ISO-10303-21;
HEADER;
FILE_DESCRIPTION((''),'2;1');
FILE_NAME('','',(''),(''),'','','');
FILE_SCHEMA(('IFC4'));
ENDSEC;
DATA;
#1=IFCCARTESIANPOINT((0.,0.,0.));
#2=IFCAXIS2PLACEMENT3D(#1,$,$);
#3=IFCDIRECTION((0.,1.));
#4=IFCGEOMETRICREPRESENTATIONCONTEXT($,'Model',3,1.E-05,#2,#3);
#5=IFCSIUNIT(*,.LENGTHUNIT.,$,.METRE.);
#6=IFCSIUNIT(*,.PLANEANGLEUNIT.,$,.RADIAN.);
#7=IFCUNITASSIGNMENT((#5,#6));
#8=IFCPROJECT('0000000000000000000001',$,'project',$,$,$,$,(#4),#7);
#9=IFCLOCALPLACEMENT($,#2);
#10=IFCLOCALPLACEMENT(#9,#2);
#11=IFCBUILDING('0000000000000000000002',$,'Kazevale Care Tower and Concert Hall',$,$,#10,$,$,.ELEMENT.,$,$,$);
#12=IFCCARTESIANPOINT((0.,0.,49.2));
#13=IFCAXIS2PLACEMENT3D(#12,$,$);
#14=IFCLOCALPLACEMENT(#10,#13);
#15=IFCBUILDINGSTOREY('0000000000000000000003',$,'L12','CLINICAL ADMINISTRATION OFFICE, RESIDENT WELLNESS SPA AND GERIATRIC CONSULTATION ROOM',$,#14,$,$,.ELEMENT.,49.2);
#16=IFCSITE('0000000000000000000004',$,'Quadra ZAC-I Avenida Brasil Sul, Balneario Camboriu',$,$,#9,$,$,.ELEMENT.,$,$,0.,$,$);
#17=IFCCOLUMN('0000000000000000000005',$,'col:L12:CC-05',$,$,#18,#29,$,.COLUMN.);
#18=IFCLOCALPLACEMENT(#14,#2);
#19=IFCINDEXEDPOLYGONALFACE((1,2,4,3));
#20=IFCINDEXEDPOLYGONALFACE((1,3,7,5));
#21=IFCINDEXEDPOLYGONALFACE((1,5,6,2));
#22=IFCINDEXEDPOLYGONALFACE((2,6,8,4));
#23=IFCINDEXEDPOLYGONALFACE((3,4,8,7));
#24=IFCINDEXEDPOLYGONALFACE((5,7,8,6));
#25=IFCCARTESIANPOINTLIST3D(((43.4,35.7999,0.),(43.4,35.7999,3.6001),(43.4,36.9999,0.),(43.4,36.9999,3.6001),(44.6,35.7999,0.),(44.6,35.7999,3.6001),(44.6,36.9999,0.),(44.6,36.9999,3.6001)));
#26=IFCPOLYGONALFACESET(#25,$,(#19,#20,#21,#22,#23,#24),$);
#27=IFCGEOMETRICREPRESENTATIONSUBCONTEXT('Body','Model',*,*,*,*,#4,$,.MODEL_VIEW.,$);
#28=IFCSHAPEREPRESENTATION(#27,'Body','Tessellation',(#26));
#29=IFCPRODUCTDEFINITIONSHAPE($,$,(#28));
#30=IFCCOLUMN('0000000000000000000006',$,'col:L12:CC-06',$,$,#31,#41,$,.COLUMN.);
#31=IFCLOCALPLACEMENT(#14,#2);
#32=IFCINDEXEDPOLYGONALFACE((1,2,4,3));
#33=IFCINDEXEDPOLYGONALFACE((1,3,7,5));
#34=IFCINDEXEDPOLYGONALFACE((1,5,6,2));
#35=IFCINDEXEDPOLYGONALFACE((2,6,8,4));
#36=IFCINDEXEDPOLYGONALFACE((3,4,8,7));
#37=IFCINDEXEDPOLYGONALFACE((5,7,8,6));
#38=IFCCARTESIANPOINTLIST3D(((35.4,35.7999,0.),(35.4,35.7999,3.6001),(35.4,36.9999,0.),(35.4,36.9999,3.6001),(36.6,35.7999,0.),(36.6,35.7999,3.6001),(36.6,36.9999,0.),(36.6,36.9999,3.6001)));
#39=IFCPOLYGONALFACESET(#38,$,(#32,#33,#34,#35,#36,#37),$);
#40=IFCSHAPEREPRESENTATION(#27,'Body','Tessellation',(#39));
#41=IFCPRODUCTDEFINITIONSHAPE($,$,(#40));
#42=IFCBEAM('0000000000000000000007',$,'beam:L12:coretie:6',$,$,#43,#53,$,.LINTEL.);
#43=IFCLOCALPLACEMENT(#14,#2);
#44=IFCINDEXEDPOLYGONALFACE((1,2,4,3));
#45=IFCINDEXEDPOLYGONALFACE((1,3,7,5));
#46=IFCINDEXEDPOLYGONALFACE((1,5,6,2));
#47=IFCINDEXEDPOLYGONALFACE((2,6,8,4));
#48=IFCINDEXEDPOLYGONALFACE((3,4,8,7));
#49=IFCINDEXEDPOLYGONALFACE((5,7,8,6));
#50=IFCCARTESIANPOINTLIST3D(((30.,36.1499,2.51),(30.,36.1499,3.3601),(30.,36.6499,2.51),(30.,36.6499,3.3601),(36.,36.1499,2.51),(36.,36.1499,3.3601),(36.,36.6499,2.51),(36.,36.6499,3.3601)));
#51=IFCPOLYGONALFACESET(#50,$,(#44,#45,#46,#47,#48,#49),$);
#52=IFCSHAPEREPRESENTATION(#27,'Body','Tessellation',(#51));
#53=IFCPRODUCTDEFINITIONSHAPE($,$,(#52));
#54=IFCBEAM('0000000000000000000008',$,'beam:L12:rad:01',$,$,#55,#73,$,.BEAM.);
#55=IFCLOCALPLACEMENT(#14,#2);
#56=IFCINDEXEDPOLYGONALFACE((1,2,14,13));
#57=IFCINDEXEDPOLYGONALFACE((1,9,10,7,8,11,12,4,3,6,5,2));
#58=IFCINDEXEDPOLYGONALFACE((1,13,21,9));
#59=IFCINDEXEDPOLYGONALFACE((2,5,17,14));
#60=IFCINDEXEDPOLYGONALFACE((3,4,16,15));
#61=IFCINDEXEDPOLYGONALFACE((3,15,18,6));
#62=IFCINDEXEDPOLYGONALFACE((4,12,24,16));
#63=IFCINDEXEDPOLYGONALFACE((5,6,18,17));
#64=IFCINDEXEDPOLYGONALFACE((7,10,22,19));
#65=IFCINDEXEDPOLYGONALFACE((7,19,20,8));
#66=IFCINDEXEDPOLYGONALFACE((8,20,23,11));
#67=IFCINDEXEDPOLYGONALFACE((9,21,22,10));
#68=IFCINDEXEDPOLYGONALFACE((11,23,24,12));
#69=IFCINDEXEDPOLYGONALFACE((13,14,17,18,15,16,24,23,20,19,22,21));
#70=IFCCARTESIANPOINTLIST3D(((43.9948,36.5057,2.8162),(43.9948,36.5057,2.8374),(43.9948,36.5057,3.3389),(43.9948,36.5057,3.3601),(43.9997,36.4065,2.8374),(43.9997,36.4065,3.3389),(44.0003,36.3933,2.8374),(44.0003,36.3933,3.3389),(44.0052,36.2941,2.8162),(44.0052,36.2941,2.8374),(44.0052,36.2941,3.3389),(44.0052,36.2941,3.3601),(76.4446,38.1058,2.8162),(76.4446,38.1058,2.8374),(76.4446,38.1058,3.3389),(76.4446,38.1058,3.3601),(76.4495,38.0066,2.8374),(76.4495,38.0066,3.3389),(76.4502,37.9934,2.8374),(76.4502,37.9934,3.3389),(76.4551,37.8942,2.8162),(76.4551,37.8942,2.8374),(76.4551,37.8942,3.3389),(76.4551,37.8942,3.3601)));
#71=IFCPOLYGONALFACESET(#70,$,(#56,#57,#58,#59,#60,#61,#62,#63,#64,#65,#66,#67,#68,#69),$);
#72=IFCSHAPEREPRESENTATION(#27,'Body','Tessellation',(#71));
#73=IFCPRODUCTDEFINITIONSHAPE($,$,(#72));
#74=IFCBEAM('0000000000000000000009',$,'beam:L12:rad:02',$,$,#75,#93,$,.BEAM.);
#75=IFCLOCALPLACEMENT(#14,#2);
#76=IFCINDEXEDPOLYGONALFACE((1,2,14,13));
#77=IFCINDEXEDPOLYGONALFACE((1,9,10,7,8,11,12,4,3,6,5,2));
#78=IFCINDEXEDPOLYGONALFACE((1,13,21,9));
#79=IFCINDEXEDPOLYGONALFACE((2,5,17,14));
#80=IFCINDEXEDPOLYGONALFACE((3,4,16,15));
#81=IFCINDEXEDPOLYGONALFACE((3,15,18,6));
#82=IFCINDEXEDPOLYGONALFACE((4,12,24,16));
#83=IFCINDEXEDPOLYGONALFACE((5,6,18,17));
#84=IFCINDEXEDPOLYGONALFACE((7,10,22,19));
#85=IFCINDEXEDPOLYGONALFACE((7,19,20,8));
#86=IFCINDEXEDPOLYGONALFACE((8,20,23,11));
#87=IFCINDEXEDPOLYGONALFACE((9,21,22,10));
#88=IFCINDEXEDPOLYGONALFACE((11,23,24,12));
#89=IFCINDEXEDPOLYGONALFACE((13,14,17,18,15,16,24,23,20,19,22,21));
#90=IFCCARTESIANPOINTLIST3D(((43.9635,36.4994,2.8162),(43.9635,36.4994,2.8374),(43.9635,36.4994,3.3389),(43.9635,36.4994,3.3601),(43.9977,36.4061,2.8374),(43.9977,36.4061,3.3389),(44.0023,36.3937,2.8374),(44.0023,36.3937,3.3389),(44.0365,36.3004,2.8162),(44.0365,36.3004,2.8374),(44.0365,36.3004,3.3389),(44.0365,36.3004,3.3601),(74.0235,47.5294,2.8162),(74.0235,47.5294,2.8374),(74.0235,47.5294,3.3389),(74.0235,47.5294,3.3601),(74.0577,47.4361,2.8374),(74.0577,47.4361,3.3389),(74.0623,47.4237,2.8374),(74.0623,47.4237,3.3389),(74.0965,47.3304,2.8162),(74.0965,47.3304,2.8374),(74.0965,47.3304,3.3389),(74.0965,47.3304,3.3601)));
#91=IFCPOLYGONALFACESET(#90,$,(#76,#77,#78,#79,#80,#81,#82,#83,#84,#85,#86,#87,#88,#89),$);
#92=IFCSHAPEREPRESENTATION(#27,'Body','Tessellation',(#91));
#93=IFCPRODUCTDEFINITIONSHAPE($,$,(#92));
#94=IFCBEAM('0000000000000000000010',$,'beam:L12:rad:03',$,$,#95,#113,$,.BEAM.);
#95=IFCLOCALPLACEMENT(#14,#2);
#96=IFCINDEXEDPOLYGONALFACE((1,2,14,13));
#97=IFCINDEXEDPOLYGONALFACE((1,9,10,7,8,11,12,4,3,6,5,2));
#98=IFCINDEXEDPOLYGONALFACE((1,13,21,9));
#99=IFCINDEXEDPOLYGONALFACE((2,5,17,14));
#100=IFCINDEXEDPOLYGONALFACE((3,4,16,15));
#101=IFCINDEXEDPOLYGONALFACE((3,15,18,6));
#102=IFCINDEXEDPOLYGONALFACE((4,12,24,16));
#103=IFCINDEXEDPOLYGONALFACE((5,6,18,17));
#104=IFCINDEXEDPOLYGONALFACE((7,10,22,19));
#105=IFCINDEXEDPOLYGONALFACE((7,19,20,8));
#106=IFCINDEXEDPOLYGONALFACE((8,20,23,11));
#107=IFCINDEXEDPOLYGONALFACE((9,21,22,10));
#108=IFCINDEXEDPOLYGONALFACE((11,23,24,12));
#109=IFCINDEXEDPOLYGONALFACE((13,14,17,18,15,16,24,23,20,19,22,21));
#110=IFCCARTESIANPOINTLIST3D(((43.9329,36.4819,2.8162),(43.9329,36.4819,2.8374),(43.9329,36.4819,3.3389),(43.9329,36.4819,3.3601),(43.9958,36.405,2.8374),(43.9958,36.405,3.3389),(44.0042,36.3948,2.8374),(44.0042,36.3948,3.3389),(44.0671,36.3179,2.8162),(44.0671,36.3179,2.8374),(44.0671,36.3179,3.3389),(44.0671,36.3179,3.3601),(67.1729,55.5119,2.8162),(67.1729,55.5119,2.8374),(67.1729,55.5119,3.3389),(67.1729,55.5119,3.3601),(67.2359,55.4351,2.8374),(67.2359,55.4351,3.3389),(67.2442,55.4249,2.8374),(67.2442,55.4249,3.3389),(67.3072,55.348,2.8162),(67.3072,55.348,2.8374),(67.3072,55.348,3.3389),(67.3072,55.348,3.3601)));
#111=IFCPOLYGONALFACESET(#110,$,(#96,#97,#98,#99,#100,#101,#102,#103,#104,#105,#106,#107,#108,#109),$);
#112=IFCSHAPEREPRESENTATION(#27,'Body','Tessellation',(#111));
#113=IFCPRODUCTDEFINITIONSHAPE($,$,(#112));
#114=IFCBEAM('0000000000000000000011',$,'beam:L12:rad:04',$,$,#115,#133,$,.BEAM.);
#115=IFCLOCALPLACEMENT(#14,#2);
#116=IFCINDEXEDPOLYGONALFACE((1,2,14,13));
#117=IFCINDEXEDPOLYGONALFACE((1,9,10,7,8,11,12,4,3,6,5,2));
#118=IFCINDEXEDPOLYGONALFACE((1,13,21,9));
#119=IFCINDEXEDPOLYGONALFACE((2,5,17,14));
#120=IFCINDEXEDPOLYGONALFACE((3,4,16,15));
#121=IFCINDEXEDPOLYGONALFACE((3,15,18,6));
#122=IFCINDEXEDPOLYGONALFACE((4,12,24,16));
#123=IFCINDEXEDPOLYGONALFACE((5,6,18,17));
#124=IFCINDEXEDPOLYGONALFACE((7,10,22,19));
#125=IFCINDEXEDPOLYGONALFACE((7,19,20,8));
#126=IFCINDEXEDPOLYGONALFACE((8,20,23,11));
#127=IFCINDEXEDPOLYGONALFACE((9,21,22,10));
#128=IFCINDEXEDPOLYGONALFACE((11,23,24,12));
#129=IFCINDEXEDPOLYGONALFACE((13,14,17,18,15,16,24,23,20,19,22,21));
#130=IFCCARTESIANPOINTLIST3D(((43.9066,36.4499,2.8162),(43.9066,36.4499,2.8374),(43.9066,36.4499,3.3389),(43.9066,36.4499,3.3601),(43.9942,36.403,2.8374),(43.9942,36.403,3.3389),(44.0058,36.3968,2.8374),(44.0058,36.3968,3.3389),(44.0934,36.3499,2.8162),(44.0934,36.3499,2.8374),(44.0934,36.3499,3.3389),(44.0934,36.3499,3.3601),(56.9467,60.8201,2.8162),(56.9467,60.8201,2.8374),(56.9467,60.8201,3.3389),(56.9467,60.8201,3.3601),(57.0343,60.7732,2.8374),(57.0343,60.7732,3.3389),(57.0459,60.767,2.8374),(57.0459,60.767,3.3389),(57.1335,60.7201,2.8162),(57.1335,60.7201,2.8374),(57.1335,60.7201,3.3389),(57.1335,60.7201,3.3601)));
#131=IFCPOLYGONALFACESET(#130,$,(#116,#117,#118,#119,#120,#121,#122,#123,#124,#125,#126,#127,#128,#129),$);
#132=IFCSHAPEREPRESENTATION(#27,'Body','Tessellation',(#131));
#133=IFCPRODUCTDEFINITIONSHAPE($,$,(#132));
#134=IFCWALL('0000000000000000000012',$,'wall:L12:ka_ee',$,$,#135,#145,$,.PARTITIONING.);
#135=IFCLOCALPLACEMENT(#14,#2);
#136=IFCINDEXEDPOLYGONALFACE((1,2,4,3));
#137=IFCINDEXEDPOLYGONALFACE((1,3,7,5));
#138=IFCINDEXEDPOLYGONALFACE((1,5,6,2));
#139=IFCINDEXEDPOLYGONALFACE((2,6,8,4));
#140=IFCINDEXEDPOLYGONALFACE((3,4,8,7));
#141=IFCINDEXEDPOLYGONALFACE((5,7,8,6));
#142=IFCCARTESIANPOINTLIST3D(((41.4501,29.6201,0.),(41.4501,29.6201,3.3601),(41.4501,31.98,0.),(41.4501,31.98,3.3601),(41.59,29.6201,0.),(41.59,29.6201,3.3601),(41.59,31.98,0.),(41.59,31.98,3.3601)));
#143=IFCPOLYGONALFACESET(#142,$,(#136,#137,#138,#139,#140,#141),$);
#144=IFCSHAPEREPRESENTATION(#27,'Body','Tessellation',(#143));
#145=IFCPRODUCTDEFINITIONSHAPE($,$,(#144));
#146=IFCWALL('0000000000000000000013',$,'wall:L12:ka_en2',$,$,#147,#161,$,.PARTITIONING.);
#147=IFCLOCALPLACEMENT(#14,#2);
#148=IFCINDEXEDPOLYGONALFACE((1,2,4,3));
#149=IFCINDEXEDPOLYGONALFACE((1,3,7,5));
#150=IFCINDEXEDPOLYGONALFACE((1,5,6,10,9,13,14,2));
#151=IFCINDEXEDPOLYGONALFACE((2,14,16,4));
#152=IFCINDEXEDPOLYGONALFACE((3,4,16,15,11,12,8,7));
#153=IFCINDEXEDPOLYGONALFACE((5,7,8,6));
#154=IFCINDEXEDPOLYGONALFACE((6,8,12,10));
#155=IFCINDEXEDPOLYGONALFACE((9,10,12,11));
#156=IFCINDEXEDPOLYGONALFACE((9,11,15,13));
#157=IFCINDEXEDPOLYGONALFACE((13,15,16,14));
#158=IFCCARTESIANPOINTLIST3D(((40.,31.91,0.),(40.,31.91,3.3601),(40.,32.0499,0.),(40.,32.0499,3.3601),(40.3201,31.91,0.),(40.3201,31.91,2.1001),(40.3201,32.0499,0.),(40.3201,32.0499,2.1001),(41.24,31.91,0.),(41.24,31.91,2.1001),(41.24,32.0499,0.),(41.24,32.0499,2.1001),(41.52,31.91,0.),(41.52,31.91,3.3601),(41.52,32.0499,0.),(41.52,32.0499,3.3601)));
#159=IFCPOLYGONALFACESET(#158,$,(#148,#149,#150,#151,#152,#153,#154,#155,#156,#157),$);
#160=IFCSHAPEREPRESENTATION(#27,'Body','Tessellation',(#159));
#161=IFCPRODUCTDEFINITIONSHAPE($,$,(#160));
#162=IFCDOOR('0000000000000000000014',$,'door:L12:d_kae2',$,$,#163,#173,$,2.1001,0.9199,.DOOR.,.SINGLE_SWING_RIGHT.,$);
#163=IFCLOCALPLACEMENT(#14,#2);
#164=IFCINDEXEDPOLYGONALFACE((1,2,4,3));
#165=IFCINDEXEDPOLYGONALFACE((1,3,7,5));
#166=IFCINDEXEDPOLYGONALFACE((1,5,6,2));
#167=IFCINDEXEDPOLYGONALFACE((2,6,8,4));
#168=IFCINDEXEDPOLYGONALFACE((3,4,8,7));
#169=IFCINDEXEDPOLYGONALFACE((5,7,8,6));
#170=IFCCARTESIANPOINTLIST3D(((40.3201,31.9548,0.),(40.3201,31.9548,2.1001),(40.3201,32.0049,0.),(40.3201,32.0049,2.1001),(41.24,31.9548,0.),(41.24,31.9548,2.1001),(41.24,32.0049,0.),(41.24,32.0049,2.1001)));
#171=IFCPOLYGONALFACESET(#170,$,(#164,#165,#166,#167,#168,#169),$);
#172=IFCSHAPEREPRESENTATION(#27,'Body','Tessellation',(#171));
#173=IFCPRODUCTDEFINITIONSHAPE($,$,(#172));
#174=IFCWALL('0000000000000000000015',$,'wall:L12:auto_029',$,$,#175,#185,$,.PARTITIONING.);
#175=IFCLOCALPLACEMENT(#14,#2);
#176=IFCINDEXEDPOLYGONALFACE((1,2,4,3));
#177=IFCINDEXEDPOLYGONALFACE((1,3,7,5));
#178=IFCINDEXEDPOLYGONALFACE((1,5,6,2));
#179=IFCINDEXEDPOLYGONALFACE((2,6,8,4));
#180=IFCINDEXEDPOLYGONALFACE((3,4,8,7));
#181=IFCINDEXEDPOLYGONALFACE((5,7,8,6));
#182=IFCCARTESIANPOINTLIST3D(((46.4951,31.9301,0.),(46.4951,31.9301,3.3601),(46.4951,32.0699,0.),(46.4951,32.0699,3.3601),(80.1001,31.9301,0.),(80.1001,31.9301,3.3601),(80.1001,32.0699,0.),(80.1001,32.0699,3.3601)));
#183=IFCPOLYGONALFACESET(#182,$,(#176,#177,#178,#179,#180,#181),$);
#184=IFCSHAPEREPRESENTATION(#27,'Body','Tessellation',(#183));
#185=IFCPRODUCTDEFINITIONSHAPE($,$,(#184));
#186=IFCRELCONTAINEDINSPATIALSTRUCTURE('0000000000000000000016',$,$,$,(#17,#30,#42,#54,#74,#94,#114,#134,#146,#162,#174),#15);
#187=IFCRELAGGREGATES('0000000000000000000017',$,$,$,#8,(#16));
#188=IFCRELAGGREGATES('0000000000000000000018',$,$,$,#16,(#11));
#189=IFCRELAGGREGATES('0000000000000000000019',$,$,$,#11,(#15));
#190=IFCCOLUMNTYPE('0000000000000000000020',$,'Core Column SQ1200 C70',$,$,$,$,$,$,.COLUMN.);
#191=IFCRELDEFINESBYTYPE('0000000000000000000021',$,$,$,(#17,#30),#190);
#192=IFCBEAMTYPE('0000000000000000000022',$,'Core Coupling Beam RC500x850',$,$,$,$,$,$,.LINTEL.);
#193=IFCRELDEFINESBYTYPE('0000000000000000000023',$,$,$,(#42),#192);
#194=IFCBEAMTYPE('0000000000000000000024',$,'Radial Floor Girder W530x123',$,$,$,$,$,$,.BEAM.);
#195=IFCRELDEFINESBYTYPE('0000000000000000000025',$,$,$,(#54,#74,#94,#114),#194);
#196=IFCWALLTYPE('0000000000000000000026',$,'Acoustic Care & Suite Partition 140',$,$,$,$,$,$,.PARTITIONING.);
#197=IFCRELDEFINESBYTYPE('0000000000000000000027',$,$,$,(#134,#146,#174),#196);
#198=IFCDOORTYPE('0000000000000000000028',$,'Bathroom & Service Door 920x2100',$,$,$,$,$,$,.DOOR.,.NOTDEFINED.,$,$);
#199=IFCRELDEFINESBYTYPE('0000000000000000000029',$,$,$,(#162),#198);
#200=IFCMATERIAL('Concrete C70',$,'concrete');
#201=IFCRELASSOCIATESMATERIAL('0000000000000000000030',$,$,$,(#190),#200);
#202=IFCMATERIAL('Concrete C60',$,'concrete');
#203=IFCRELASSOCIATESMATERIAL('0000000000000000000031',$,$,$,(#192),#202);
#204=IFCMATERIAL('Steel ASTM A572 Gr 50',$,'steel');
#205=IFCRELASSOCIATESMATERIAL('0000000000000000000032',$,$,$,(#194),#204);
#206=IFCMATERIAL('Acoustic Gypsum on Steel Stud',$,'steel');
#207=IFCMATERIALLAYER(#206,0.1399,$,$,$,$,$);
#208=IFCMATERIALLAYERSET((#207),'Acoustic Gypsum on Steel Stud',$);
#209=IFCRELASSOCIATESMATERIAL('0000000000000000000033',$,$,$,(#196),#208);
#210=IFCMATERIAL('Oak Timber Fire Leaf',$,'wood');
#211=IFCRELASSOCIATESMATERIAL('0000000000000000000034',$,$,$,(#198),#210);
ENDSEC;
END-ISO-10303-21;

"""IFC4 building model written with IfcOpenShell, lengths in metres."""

from ifc_helpers import new_model, si_unit, direction, frame, frame_2d, origin, origin_2d, place, context, subcontext, project, spatial, rectangle, i_section, extrude, material, layer, layer_set, material_profile, profile_set, type_object, element, fill, save


model = new_model("IFC4")

# Units and contexts
model_context = context("Model", 3, precision=1e-05, world=origin(), true_north=direction((0.0, 1.0)))
body_context = subcontext(model_context, "Body", "Model", "MODEL_VIEW")
ifc_project = project(units=[si_unit("LENGTHUNIT", "METRE"), si_unit("PLANEANGLEUNIT", "RADIAN")], contexts=[model_context])

# Site, building, storey
site_placement = place(None, origin())
site = spatial("IfcSite", under=ifc_project, at=site_placement, Name="Quadra ZAC-I Avenida Brasil Sul, Balneario Camboriu", CompositionType="ELEMENT", RefElevation=0.0)
building_placement = place(site_placement, origin())
building = spatial("IfcBuilding", under=site, at=building_placement, Name="Kazevale Care Tower and Concert Hall", CompositionType="ELEMENT")
storey_placement = place(building_placement, frame((0.0, 0.0, 49.2)))
storey = spatial("IfcBuildingStorey", under=building, at=storey_placement, Name="L12", Description="CLINICAL ADMINISTRATION OFFICE, RESIDENT WELLNESS SPA AND GERIATRIC CONSULTATION ROOM", CompositionType="ELEMENT", Elevation=49.2)

# Columns
ifc_material_1 = material(Name="Concrete C70", Category="concrete")
ifc_material_profile_1 = material_profile(ifc_material_1, rectangle(XDim=1.2, YDim=1.2, at=origin_2d()), Name="RC-SQ1200")
ifc_profile_set_1 = profile_set([ifc_material_profile_1], Name="Concrete C70")
column_type = type_object("IfcColumnType", Name="Core Column SQ1200 C70", PredefinedType="COLUMN", material=ifc_profile_set_1)
for number, where, z_axis, x_axis, name in (
    (1, (44.0, 36.3999, 0.0), (0.0, 0.0, 1.0), (1.0, 0.0, 0.0), "col:L12:CC-05"),
    (2, (36.0, 36.3999, 0.0), (0.0, 0.0, 1.0), (1.0, 0.0, 0.0), "col:L12:CC-06"),
):
    element("IfcColumn", number, at=place(storey_placement, frame(where, z_axis=z_axis, x_axis=x_axis)), inside=storey, type_object=column_type, Name=name, PredefinedType="COLUMN", context=body_context, shape_type="SweptSolid", body=[
        extrude(rectangle(XDim=1.2, YDim=1.2, at=origin_2d()), origin(), (0.0, 0.0, 1.0), 3.6001),
    ])

# Beams
ifc_material_2 = material(Name="Concrete C60", Category="concrete")
ifc_material_profile_2 = material_profile(ifc_material_2, rectangle(XDim=0.5, YDim=0.8501, at=origin_2d()), Name="RC-B500x850")
ifc_profile_set_2 = profile_set([ifc_material_profile_2], Name="Concrete C60")
beam_type_1 = type_object("IfcBeamType", Name="Core Coupling Beam RC500x850", PredefinedType="LINTEL", material=ifc_profile_set_2)
beam_1_placement = place(storey_placement, frame((36.0, 36.3999, 2.9351), z_axis=(-1.0, 0.0, 0.0), x_axis=(0.0, -1.0, 0.0)))
element("IfcBeam", 3, at=beam_1_placement, inside=storey, type_object=beam_type_1, Name="beam:L12:coretie:6", PredefinedType="LINTEL", context=body_context, shape_type="SweptSolid", body=[
    extrude(rectangle(XDim=0.5, YDim=0.8501, at=origin_2d()), origin(), (0.0, 0.0, 1.0), 6.0),
])
ifc_material_3 = material(Name="Steel ASTM A572 Gr 50", Category="steel")
ifc_material_profile_3 = material_profile(ifc_material_3, i_section(OverallWidth=0.2119, OverallDepth=0.5439, WebThickness=0.0132, FlangeThickness=0.0212, at=origin_2d()), Name="W530x123")
ifc_profile_set_3 = profile_set([ifc_material_profile_3], Name="Steel ASTM A572 Gr 50")
beam_type_2 = type_object("IfcBeamType", Name="Radial Floor Girder W530x123", PredefinedType="BEAM", material=ifc_profile_set_3)
beam_2_placement = place(storey_placement, frame((44.0, 36.3999, 3.0881), z_axis=(0.998786, 0.04925, 0.0), x_axis=(-0.04925, 0.998786, 0.0)))
element("IfcBeam", 4, at=beam_2_placement, inside=storey, type_object=beam_type_2, Name="beam:L12:rad:01", PredefinedType="BEAM", context=body_context, shape_type="SweptSolid", body=[
    extrude(i_section(OverallWidth=0.2119, OverallDepth=0.5439, WebThickness=0.0132, FlangeThickness=0.0212, at=origin_2d()), origin(), (0.0, 0.0, 1.0), 32.4893),
])
beam_3_placement = place(storey_placement, frame((44.0, 36.3999, 3.0881), z_axis=(0.938795, 0.344475, 0.0), x_axis=(-0.344475, 0.938795, 0.0)))
element("IfcBeam", 5, at=beam_3_placement, inside=storey, type_object=beam_type_2, Name="beam:L12:rad:02", PredefinedType="BEAM", context=body_context, shape_type="SweptSolid", body=[
    extrude(i_section(OverallWidth=0.2119, OverallDepth=0.5439, WebThickness=0.0132, FlangeThickness=0.0212, at=origin_2d()), origin(), (0.0, 0.0, 1.0), 32.0198),
])
beam_4_placement = place(storey_placement, frame((44.0, 36.3999, 3.0881), z_axis=(0.773704, 0.633547, 0.0), x_axis=(-0.633547, 0.773704, 0.0)))
element("IfcBeam", 6, at=beam_4_placement, inside=storey, type_object=beam_type_2, Name="beam:L12:rad:03", PredefinedType="BEAM", context=body_context, shape_type="SweptSolid", body=[
    extrude(i_section(OverallWidth=0.2119, OverallDepth=0.5439, WebThickness=0.0132, FlangeThickness=0.0212, at=origin_2d()), origin(), (0.0, 0.0, 1.0), 30.0374),
])
beam_5_placement = place(storey_placement, frame((44.0, 36.3999, 3.0881), z_axis=(0.471789, 0.881712, 0.0), x_axis=(-0.881712, 0.471789, 0.0)))
element("IfcBeam", 7, at=beam_5_placement, inside=storey, type_object=beam_type_2, Name="beam:L12:rad:04", PredefinedType="BEAM", context=body_context, shape_type="SweptSolid", body=[
    extrude(i_section(OverallWidth=0.2119, OverallDepth=0.5439, WebThickness=0.0132, FlangeThickness=0.0212, at=origin_2d()), origin(), (0.0, 0.0, 1.0), 27.6396),
])

# Wall
ifc_material_4 = material(Name="Acoustic Gypsum on Steel Stud", Category="steel")
ifc_layer_1 = layer(ifc_material_4, 0.1399)
ifc_layer_set_1 = layer_set([ifc_layer_1], Name="Acoustic Gypsum on Steel Stud")
wall_type_1 = type_object("IfcWallType", Name="Acoustic Care & Suite Partition 140", PredefinedType="PARTITIONING", material=ifc_layer_set_1)
wall_1_placement = place(storey_placement, frame((41.52, 29.6201, 0.0), z_axis=(0.0, 0.0, 1.0), x_axis=(0.0, 1.0, 0.0)))
element("IfcWall", 8, at=wall_1_placement, inside=storey, type_object=wall_type_1, Name="wall:L12:ka_ee", PredefinedType="PARTITIONING", context=body_context, shape_type="SweptSolid", body=[
    extrude(rectangle(XDim=2.3599, YDim=0.1399, at=frame_2d((1.1799, 0.0))), origin(), (0.0, 0.0, 1.0), 3.3601),
])

# Wall, opening, door
wall_2_placement = place(storey_placement, frame((40.0, 31.98, 0.0), z_axis=(0.0, 0.0, 1.0), x_axis=(1.0, 0.0, 0.0)))
wall_2 = element("IfcWall", 9, at=wall_2_placement, inside=storey, type_object=wall_type_1, Name="wall:L12:ka_en2", PredefinedType="PARTITIONING", context=body_context, shape_type="SweptSolid", body=[
    extrude(rectangle(XDim=1.52, YDim=0.1399, at=frame_2d((0.76, 0.0))), origin(), (0.0, 0.0, 1.0), 3.3601),
])
opening_1_placement = place(wall_2_placement, frame((0.3201, 0.0, 0.0)))
opening_1 = element("IfcOpeningElement", 10, at=opening_1_placement, cuts=wall_2, PredefinedType="OPENING", context=body_context, shape_type="SweptSolid", body=[
    extrude(rectangle(XDim=0.9199, YDim=2.1001, at=frame_2d((0.46, 1.05))), frame((0.0, 0.0798, 0.0), z_axis=(0.0, -1.0, 0.0), x_axis=(1.0, 0.0, 0.0)), (0.0, 0.0, 1.0), 0.1599),
])
ifc_material_5 = material(Name="Oak Timber Fire Leaf", Category="wood")
door_type_1 = type_object("IfcDoorType", Name="Bathroom & Service Door 920x2100", OperationType="NOTDEFINED", PredefinedType="DOOR", material=ifc_material_5)
door_1_placement = place(opening_1_placement, origin())
door_1 = element("IfcDoor", 11, at=door_1_placement, inside=storey, type_object=door_type_1, Name="door:L12:d_kae2", OperationType="SINGLE_SWING_RIGHT", OverallHeight=2.1001, OverallWidth=0.9199, PredefinedType="DOOR", context=body_context, shape_type="SweptSolid", body=[
    extrude(rectangle(XDim=0.9199, YDim=2.1001, at=frame_2d((0.46, 1.05))), frame((0.0, 0.0249, 0.0), z_axis=(0.0, -1.0, 0.0), x_axis=(1.0, 0.0, 0.0)), (0.0, 0.0, 1.0), 0.05),
])
fill(opening_1, door_1)

# Wall
wall_3_placement = place(storey_placement, frame((46.4951, 32.0, 0.0), z_axis=(0.0, 0.0, 1.0), x_axis=(1.0, 0.0, 0.0)))
element("IfcWall", 12, at=wall_3_placement, inside=storey, type_object=wall_type_1, Name="wall:L12:auto_029", PredefinedType="PARTITIONING", context=body_context, shape_type="SweptSolid", body=[
    extrude(rectangle(XDim=33.605, YDim=0.1399, at=frame_2d((16.8025, 0.0))), origin(), (0.0, 0.0, 1.0), 3.3601),
])

save(model, "model.ifc")
